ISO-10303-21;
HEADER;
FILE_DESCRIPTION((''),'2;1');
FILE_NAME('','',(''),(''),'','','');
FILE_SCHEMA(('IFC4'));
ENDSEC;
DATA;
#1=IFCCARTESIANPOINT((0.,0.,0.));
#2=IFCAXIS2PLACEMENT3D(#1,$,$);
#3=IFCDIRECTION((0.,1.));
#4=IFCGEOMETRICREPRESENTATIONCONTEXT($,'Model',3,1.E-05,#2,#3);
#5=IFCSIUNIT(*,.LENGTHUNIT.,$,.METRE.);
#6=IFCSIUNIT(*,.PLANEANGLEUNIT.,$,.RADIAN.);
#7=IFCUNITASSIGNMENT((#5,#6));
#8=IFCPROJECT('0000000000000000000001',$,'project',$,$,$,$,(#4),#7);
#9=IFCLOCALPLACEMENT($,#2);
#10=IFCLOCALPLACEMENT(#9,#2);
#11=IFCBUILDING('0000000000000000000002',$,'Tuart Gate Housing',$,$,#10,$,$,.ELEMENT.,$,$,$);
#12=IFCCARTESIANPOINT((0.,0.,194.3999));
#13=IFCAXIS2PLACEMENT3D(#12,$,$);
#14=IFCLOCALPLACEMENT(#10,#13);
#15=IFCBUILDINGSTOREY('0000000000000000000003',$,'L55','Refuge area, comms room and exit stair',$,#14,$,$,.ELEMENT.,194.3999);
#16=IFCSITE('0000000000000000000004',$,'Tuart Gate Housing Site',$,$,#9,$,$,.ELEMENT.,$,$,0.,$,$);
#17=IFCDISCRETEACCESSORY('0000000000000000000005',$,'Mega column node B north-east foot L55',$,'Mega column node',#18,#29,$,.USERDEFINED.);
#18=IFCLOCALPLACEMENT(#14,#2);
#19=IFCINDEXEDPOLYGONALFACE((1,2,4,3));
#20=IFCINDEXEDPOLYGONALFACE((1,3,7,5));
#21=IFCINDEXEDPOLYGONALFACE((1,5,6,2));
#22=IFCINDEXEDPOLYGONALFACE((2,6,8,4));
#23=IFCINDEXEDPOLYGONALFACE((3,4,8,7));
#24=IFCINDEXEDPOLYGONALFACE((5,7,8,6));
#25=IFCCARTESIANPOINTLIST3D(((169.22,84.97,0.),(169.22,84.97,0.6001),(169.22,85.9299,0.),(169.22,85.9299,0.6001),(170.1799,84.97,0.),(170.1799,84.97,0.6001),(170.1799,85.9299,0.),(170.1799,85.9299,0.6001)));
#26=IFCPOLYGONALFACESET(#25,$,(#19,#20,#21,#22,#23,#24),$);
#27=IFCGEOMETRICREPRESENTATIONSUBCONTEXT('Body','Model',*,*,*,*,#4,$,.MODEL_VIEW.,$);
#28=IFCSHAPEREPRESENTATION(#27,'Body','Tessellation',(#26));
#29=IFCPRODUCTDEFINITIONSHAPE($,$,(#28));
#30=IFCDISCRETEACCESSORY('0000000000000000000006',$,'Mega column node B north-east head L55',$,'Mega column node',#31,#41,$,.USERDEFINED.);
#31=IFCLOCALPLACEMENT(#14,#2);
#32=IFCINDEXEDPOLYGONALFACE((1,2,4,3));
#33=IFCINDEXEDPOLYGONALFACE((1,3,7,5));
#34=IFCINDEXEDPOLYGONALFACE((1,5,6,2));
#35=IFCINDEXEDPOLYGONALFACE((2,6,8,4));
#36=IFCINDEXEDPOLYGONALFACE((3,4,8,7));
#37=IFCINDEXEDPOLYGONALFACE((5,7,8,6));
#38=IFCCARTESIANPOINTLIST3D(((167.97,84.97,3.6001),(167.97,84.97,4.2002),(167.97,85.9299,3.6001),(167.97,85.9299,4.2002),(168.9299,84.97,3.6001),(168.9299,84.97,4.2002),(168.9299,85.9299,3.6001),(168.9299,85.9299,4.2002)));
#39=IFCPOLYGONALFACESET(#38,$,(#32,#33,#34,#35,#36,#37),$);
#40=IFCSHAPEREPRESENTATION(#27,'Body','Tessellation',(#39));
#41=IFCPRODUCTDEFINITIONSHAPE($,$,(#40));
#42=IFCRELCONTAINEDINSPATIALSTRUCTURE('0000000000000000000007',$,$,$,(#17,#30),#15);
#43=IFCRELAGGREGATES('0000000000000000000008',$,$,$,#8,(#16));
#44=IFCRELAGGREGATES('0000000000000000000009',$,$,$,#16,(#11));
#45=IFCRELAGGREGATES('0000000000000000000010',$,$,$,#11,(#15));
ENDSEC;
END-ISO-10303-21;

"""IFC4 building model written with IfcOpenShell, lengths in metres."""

from ifc_helpers import new_model, si_unit, direction, frame, origin, origin_2d, place, context, subcontext, project, spatial, rectangle, extrude, element, save


model = new_model("IFC4")

# Units and contexts
model_context = context("Model", 3, precision=1e-05, world=origin(), true_north=direction((0.0, 1.0)))
body_context = subcontext(model_context, "Body", "Model", "MODEL_VIEW")
ifc_project = project(units=[si_unit("LENGTHUNIT", "METRE"), si_unit("PLANEANGLEUNIT", "RADIAN")], contexts=[model_context])

# Site, building, storey
site_placement = place(None, origin())
site = spatial("IfcSite", under=ifc_project, at=site_placement, Name="Tuart Gate Housing Site", CompositionType="ELEMENT", RefElevation=0.0)
building_placement = place(site_placement, origin())
building = spatial("IfcBuilding", under=site, at=building_placement, Name="Tuart Gate Housing", CompositionType="ELEMENT")
storey_placement = place(building_placement, frame((0.0, 0.0, 194.3999)))
storey = spatial("IfcBuildingStorey", under=building, at=storey_placement, Name="L55", Description="Refuge area, comms room and exit stair", CompositionType="ELEMENT", Elevation=194.3999)

# Discrete accessories
for number, where, z_axis, x_axis, name in (
    (1, (169.7, 85.45, 0.0), (0.0, 0.0, 1.0), (1.0, 0.0, 0.0), "Mega column node B north-east foot L55"),
    (2, (168.45, 85.45, 3.6001), (0.0, 0.0, 1.0), (1.0, 0.0, 0.0), "Mega column node B north-east head L55"),
):
    element("IfcDiscreteAccessory", number, at=place(storey_placement, frame(where, z_axis=z_axis, x_axis=x_axis)), inside=storey, Name=name, ObjectType="Mega column node", PredefinedType="USERDEFINED", context=body_context, shape_type="SweptSolid", body=[
        extrude(rectangle(XDim=0.96, YDim=0.96, at=origin_2d()), origin(), (0.0, 0.0, 1.0), 0.6001),
    ])

save(model, "model.ifc")
